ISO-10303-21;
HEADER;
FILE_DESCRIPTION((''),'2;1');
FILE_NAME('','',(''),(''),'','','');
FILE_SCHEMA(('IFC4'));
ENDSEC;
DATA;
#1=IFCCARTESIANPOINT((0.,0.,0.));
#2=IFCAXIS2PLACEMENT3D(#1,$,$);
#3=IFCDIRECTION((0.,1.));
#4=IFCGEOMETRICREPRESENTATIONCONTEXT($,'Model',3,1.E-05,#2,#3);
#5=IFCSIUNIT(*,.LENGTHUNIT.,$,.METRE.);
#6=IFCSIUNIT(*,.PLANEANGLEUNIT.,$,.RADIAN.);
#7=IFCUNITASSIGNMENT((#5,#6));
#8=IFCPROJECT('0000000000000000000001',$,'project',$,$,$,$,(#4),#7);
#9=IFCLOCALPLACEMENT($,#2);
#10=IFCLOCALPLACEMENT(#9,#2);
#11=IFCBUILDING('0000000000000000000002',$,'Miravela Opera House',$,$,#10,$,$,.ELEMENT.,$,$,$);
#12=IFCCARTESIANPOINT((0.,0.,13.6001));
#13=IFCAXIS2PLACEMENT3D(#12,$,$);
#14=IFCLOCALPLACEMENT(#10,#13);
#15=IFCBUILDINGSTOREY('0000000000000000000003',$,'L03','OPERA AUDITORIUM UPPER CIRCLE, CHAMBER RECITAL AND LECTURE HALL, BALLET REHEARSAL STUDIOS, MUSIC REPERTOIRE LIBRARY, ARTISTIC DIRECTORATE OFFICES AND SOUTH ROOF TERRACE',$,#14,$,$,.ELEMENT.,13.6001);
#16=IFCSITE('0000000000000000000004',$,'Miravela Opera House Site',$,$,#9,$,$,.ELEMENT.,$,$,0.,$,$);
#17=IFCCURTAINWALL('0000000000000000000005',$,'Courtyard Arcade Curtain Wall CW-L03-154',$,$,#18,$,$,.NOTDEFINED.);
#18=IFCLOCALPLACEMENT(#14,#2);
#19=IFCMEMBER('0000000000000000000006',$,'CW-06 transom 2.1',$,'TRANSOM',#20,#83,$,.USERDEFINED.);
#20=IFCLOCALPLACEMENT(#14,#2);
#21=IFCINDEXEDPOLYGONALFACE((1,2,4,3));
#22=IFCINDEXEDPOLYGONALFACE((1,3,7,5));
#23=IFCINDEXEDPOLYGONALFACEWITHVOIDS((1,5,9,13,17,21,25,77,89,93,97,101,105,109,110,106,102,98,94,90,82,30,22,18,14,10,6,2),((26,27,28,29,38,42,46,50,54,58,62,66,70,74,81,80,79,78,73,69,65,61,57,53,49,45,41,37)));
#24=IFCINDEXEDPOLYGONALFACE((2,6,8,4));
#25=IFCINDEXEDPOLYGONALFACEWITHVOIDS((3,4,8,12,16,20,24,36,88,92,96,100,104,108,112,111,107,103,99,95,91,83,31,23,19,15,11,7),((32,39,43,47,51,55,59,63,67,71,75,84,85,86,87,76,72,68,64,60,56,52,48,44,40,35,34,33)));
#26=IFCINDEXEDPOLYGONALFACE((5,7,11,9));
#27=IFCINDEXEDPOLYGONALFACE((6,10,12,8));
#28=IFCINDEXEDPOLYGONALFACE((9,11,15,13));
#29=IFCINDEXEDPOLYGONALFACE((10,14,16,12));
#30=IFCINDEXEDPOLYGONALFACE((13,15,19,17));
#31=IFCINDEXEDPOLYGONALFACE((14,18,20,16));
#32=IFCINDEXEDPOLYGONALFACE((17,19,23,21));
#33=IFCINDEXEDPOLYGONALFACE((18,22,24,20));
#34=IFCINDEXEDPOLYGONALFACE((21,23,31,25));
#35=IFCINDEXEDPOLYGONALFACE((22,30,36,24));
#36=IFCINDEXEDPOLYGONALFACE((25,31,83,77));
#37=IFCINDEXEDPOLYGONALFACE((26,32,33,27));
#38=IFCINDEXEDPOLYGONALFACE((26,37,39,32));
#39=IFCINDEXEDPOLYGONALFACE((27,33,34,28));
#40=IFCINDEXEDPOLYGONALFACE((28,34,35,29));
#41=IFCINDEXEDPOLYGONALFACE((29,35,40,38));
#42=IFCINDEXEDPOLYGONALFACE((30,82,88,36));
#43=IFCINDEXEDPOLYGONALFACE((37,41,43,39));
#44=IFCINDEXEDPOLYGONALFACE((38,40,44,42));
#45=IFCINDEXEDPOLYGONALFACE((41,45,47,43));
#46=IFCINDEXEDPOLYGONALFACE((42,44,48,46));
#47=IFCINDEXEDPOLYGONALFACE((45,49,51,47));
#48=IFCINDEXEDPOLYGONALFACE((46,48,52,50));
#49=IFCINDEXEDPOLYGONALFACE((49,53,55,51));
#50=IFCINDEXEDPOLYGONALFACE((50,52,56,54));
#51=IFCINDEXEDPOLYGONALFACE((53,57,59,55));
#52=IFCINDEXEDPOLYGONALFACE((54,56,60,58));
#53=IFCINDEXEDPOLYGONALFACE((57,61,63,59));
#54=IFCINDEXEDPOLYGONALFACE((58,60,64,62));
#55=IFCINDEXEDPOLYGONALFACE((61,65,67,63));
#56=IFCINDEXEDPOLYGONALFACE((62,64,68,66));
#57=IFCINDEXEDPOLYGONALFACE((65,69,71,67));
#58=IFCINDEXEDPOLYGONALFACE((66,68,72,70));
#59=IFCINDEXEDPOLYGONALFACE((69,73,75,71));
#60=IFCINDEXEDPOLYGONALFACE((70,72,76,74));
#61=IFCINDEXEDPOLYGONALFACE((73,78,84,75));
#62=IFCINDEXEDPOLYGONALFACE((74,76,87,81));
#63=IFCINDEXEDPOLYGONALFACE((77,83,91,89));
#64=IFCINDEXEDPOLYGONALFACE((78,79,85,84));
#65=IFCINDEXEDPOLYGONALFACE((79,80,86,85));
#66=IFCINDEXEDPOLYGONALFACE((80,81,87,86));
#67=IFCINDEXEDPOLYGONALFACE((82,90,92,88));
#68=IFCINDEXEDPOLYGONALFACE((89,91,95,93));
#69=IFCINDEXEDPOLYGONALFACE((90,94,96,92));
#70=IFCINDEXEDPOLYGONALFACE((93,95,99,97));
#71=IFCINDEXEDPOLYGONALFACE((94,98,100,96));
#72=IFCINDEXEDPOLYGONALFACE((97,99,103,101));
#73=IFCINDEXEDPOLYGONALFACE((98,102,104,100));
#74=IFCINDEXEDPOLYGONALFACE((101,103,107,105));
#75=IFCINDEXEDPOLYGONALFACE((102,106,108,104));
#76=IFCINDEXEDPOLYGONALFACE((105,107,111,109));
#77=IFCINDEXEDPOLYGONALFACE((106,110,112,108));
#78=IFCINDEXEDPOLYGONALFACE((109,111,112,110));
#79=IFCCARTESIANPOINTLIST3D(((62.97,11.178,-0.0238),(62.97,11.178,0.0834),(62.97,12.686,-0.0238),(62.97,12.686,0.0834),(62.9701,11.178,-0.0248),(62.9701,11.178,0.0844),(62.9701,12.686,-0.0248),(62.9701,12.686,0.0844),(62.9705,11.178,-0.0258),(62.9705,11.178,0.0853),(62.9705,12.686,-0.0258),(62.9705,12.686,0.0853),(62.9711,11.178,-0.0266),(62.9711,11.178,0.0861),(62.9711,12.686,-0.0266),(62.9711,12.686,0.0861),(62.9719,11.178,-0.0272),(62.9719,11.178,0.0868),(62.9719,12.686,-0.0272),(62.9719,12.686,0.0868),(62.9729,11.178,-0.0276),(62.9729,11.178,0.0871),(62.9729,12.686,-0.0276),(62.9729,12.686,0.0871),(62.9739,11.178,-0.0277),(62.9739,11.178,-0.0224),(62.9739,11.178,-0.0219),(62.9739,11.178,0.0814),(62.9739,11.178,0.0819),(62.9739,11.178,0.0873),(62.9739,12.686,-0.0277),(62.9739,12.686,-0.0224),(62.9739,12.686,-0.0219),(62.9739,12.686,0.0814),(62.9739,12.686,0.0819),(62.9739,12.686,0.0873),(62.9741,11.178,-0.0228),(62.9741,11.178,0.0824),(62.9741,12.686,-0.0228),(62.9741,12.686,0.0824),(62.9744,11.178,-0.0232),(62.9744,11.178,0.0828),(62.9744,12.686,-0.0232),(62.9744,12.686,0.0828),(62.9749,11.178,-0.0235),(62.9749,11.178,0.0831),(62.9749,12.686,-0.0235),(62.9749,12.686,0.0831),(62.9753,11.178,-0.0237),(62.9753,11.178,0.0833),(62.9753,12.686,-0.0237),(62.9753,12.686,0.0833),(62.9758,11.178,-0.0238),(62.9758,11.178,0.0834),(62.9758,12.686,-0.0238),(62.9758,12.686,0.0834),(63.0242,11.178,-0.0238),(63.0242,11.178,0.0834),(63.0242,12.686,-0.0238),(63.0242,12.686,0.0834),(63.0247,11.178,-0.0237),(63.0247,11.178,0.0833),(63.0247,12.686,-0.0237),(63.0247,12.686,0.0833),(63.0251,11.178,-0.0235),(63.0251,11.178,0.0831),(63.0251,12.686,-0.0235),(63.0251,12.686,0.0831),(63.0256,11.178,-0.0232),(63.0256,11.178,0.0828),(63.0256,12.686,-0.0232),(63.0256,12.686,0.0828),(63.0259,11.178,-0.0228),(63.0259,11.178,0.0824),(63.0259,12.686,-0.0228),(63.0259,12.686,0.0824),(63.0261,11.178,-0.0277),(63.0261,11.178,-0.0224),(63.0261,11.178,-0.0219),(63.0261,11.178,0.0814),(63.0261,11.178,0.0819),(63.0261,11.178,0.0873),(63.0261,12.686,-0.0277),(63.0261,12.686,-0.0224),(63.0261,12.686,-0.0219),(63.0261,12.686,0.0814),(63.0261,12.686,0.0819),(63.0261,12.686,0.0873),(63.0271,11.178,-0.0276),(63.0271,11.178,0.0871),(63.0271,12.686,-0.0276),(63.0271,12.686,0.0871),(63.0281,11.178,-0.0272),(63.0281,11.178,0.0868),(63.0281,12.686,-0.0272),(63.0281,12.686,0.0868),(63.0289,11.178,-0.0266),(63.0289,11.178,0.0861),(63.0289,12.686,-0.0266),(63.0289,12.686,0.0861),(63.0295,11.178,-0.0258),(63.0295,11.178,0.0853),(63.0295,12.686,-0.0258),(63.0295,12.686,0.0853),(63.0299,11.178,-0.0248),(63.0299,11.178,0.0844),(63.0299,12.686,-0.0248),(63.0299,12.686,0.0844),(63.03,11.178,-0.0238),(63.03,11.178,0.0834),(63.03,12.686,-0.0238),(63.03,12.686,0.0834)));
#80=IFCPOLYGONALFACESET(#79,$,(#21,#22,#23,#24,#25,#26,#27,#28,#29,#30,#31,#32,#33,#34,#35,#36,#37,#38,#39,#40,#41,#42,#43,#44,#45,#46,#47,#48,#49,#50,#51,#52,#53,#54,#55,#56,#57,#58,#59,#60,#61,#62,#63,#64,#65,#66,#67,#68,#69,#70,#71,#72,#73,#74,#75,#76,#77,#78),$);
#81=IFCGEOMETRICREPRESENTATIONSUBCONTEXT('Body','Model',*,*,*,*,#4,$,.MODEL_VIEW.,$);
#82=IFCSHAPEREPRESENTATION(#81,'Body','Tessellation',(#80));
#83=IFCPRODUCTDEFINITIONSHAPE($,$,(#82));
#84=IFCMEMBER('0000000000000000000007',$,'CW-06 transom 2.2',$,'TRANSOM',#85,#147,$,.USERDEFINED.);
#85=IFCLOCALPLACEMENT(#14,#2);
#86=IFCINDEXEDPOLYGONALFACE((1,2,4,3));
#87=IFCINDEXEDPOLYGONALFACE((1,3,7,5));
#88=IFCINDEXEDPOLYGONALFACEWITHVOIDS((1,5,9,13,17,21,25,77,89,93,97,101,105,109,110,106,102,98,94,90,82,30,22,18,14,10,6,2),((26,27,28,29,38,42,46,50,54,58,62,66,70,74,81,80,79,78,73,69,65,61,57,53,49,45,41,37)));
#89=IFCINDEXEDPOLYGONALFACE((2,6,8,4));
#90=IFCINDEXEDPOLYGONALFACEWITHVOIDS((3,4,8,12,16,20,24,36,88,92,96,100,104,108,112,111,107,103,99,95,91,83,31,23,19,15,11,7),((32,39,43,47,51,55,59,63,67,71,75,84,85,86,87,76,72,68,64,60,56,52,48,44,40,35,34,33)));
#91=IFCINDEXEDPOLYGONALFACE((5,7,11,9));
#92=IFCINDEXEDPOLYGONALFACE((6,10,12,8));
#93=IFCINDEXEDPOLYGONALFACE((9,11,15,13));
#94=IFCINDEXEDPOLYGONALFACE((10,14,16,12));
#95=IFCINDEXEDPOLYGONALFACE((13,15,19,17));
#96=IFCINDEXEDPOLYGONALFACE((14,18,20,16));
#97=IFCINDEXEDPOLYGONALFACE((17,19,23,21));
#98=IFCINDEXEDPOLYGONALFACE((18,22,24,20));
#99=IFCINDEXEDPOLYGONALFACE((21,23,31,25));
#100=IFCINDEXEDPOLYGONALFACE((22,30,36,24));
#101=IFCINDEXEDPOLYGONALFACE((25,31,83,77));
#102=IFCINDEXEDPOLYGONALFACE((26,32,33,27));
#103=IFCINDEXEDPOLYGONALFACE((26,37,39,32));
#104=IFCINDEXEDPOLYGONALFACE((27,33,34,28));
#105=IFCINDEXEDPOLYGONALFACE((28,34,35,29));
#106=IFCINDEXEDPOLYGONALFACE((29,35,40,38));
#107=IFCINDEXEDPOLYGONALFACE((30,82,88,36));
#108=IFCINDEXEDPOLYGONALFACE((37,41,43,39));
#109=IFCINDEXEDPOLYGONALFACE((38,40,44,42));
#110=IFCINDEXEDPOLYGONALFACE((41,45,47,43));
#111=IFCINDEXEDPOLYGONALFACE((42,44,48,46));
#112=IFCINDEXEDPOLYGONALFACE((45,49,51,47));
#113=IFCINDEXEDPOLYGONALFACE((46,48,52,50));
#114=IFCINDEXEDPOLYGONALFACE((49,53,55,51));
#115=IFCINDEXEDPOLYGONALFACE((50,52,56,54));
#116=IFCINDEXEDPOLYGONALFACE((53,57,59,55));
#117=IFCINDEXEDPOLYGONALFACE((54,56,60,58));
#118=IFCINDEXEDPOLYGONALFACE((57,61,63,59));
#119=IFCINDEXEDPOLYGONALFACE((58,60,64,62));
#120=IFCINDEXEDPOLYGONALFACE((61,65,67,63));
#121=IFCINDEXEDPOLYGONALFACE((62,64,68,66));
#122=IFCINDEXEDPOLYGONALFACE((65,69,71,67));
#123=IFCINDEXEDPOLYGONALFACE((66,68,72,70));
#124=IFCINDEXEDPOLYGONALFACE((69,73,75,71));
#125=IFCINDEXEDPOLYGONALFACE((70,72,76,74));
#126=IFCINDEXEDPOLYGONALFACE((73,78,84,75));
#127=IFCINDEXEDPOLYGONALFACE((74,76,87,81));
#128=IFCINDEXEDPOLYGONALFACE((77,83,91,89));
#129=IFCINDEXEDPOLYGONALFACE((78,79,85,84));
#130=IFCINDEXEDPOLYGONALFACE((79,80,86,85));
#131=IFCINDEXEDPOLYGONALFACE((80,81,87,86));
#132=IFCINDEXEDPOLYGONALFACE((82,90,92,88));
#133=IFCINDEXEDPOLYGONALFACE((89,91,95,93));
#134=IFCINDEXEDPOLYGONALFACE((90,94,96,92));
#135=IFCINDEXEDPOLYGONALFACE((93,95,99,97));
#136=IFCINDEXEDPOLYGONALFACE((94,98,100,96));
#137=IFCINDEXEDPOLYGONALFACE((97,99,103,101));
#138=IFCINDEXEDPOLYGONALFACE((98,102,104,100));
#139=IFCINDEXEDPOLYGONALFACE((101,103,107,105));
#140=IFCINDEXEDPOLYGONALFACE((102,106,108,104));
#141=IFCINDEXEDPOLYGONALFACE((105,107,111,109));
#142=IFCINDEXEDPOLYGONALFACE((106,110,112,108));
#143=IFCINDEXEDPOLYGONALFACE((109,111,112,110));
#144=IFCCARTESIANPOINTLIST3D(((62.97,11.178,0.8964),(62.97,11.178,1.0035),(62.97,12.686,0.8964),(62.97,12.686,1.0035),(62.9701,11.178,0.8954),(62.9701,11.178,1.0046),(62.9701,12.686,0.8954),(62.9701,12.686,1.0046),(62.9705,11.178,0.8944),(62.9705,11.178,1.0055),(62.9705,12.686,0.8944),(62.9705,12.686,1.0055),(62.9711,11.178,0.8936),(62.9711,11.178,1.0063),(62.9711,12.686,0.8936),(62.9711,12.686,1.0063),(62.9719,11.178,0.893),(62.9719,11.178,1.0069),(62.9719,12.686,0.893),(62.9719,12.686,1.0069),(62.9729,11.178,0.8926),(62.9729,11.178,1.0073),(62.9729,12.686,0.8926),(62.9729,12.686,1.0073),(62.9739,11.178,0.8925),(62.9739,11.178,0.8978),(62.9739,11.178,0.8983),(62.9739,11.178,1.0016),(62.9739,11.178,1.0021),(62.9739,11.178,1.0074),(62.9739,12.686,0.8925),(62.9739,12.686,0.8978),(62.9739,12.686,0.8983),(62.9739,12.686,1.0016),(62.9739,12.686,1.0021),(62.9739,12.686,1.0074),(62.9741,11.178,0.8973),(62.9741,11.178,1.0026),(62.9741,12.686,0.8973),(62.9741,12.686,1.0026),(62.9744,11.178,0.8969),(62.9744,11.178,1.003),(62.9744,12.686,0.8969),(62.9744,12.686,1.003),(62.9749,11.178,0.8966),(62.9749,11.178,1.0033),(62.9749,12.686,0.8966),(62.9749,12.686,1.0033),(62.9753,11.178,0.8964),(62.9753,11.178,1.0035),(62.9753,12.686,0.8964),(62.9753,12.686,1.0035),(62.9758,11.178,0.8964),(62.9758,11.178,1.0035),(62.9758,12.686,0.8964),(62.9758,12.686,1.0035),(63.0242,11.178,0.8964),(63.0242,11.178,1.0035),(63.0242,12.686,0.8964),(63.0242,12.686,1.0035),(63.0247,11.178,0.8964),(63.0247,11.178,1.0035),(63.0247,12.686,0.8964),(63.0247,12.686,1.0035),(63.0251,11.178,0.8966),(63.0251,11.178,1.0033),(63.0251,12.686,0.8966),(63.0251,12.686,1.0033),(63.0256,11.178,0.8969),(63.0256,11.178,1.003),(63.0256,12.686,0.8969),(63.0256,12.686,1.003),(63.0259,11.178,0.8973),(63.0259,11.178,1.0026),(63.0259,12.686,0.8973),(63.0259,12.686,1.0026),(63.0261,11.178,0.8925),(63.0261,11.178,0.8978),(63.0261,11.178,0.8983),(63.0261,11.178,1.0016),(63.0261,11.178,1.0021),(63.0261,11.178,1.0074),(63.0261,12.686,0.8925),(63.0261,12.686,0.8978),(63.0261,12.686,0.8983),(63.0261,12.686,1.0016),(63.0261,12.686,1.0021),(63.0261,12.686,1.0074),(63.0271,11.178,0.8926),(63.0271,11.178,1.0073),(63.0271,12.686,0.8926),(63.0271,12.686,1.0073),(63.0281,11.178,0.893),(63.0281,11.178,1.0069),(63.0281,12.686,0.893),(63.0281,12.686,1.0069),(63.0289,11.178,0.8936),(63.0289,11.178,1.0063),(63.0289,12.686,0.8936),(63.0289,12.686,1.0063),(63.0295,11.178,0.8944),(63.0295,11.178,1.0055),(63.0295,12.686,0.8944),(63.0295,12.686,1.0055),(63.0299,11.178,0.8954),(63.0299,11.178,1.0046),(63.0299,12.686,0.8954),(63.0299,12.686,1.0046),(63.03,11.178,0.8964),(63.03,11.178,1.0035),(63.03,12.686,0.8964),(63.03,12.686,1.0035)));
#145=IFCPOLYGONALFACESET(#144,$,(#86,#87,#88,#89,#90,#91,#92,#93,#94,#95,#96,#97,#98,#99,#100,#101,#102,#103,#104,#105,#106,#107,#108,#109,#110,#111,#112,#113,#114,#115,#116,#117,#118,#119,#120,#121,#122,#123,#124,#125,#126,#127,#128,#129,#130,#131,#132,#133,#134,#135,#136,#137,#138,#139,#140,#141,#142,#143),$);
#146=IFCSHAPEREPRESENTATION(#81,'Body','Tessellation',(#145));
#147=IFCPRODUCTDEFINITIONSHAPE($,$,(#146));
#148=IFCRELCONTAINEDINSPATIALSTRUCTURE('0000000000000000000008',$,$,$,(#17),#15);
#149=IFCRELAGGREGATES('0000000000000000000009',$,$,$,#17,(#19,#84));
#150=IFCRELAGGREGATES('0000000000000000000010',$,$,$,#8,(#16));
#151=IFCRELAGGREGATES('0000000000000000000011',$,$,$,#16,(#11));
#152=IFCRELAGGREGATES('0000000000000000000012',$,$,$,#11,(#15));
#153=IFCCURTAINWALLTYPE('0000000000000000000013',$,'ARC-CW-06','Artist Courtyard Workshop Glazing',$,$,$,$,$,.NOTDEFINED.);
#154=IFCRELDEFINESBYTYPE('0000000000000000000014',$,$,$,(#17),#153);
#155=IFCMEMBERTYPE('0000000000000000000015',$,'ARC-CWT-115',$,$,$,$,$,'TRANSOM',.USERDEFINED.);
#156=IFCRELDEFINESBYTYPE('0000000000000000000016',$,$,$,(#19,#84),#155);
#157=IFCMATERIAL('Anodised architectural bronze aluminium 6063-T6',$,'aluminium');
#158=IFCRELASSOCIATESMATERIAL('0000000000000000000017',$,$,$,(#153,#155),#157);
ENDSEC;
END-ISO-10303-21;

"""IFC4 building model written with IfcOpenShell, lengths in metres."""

from ifc_helpers import new_model, si_unit, direction, frame, origin, origin_2d, place, context, subcontext, project, spatial, hollow_rectangle, extrude, material, material_profile, profile_set, type_object, element, aggregate, save


model = new_model("IFC4")

# Units and contexts
model_context = context("Model", 3, precision=1e-05, world=origin(), true_north=direction((0.0, 1.0)))
body_context = subcontext(model_context, "Body", "Model", "MODEL_VIEW")
ifc_project = project(units=[si_unit("LENGTHUNIT", "METRE"), si_unit("PLANEANGLEUNIT", "RADIAN")], contexts=[model_context])

# Site, building, storey
site_placement = place(None, origin())
site = spatial("IfcSite", under=ifc_project, at=site_placement, Name="Miravela Opera House Site", CompositionType="ELEMENT", RefElevation=0.0)
building_placement = place(site_placement, origin())
building = spatial("IfcBuilding", under=site, at=building_placement, Name="Miravela Opera House", CompositionType="ELEMENT")
storey_placement = place(building_placement, frame((0.0, 0.0, 13.6001)))
storey = spatial("IfcBuildingStorey", under=building, at=storey_placement, Name="L03", Description="OPERA AUDITORIUM UPPER CIRCLE, CHAMBER RECITAL AND LECTURE HALL, BALLET REHEARSAL STUDIOS, MUSIC REPERTOIRE LIBRARY, ARTISTIC DIRECTORATE OFFICES AND SOUTH ROOF TERRACE", CompositionType="ELEMENT", Elevation=13.6001)

# Curtain wall, members
ifc_material_1 = material(Name="Anodised architectural bronze aluminium 6063-T6", Category="aluminium")
curtain_wall_type = type_object("IfcCurtainWallType", Name="ARC-CW-06", Description="Artist Courtyard Workshop Glazing", PredefinedType="NOTDEFINED", material=ifc_material_1)
curtain_wall_placement = place(storey_placement, origin())
curtain_wall = element("IfcCurtainWall", 1, at=curtain_wall_placement, inside=storey, type_object=curtain_wall_type, Name="Courtyard Arcade Curtain Wall CW-L03-154", PredefinedType="NOTDEFINED")
ifc_material_profile_1 = material_profile(ifc_material_1, hollow_rectangle(XDim=0.0601, YDim=0.115, WallThickness=0.0039, InnerFilletRadius=0.002, OuterFilletRadius=0.0039, at=origin_2d()), Name="CWT-60X115")
ifc_profile_set_1 = profile_set([ifc_material_profile_1])
member_type_1 = type_object("IfcMemberType", Name="ARC-CWT-115", ElementType="TRANSOM", PredefinedType="USERDEFINED", material=ifc_profile_set_1)
member_1_placement = place(storey_placement, frame((63.0, 11.178, 0.0298), z_axis=(0.0, 1.0, 0.0), x_axis=(-1.0, 0.0, 0.0)))
member_1 = element("IfcMember", 2, at=member_1_placement, type_object=member_type_1, Name="CW-06 transom 2.1", ObjectType="TRANSOM", PredefinedType="USERDEFINED", context=body_context, shape_type="SweptSolid", body=[
    extrude(hollow_rectangle(XDim=0.0601, YDim=0.115, WallThickness=0.0039, InnerFilletRadius=0.002, OuterFilletRadius=0.0039, at=origin_2d()), origin(), (0.0, 0.0, 1.0), 1.5081),
])
member_2_placement = place(storey_placement, frame((63.0, 11.178, 0.95), z_axis=(0.0, 1.0, 0.0), x_axis=(-1.0, 0.0, 0.0)))
member_2 = element("IfcMember", 3, at=member_2_placement, type_object=member_type_1, Name="CW-06 transom 2.2", ObjectType="TRANSOM", PredefinedType="USERDEFINED", context=body_context, shape_type="SweptSolid", body=[
    extrude(hollow_rectangle(XDim=0.0601, YDim=0.115, WallThickness=0.0039, InnerFilletRadius=0.002, OuterFilletRadius=0.0039, at=origin_2d()), origin(), (0.0, 0.0, 1.0), 1.5081),
])

aggregate(curtain_wall, [member_1, member_2])

save(model, "model.ifc")
